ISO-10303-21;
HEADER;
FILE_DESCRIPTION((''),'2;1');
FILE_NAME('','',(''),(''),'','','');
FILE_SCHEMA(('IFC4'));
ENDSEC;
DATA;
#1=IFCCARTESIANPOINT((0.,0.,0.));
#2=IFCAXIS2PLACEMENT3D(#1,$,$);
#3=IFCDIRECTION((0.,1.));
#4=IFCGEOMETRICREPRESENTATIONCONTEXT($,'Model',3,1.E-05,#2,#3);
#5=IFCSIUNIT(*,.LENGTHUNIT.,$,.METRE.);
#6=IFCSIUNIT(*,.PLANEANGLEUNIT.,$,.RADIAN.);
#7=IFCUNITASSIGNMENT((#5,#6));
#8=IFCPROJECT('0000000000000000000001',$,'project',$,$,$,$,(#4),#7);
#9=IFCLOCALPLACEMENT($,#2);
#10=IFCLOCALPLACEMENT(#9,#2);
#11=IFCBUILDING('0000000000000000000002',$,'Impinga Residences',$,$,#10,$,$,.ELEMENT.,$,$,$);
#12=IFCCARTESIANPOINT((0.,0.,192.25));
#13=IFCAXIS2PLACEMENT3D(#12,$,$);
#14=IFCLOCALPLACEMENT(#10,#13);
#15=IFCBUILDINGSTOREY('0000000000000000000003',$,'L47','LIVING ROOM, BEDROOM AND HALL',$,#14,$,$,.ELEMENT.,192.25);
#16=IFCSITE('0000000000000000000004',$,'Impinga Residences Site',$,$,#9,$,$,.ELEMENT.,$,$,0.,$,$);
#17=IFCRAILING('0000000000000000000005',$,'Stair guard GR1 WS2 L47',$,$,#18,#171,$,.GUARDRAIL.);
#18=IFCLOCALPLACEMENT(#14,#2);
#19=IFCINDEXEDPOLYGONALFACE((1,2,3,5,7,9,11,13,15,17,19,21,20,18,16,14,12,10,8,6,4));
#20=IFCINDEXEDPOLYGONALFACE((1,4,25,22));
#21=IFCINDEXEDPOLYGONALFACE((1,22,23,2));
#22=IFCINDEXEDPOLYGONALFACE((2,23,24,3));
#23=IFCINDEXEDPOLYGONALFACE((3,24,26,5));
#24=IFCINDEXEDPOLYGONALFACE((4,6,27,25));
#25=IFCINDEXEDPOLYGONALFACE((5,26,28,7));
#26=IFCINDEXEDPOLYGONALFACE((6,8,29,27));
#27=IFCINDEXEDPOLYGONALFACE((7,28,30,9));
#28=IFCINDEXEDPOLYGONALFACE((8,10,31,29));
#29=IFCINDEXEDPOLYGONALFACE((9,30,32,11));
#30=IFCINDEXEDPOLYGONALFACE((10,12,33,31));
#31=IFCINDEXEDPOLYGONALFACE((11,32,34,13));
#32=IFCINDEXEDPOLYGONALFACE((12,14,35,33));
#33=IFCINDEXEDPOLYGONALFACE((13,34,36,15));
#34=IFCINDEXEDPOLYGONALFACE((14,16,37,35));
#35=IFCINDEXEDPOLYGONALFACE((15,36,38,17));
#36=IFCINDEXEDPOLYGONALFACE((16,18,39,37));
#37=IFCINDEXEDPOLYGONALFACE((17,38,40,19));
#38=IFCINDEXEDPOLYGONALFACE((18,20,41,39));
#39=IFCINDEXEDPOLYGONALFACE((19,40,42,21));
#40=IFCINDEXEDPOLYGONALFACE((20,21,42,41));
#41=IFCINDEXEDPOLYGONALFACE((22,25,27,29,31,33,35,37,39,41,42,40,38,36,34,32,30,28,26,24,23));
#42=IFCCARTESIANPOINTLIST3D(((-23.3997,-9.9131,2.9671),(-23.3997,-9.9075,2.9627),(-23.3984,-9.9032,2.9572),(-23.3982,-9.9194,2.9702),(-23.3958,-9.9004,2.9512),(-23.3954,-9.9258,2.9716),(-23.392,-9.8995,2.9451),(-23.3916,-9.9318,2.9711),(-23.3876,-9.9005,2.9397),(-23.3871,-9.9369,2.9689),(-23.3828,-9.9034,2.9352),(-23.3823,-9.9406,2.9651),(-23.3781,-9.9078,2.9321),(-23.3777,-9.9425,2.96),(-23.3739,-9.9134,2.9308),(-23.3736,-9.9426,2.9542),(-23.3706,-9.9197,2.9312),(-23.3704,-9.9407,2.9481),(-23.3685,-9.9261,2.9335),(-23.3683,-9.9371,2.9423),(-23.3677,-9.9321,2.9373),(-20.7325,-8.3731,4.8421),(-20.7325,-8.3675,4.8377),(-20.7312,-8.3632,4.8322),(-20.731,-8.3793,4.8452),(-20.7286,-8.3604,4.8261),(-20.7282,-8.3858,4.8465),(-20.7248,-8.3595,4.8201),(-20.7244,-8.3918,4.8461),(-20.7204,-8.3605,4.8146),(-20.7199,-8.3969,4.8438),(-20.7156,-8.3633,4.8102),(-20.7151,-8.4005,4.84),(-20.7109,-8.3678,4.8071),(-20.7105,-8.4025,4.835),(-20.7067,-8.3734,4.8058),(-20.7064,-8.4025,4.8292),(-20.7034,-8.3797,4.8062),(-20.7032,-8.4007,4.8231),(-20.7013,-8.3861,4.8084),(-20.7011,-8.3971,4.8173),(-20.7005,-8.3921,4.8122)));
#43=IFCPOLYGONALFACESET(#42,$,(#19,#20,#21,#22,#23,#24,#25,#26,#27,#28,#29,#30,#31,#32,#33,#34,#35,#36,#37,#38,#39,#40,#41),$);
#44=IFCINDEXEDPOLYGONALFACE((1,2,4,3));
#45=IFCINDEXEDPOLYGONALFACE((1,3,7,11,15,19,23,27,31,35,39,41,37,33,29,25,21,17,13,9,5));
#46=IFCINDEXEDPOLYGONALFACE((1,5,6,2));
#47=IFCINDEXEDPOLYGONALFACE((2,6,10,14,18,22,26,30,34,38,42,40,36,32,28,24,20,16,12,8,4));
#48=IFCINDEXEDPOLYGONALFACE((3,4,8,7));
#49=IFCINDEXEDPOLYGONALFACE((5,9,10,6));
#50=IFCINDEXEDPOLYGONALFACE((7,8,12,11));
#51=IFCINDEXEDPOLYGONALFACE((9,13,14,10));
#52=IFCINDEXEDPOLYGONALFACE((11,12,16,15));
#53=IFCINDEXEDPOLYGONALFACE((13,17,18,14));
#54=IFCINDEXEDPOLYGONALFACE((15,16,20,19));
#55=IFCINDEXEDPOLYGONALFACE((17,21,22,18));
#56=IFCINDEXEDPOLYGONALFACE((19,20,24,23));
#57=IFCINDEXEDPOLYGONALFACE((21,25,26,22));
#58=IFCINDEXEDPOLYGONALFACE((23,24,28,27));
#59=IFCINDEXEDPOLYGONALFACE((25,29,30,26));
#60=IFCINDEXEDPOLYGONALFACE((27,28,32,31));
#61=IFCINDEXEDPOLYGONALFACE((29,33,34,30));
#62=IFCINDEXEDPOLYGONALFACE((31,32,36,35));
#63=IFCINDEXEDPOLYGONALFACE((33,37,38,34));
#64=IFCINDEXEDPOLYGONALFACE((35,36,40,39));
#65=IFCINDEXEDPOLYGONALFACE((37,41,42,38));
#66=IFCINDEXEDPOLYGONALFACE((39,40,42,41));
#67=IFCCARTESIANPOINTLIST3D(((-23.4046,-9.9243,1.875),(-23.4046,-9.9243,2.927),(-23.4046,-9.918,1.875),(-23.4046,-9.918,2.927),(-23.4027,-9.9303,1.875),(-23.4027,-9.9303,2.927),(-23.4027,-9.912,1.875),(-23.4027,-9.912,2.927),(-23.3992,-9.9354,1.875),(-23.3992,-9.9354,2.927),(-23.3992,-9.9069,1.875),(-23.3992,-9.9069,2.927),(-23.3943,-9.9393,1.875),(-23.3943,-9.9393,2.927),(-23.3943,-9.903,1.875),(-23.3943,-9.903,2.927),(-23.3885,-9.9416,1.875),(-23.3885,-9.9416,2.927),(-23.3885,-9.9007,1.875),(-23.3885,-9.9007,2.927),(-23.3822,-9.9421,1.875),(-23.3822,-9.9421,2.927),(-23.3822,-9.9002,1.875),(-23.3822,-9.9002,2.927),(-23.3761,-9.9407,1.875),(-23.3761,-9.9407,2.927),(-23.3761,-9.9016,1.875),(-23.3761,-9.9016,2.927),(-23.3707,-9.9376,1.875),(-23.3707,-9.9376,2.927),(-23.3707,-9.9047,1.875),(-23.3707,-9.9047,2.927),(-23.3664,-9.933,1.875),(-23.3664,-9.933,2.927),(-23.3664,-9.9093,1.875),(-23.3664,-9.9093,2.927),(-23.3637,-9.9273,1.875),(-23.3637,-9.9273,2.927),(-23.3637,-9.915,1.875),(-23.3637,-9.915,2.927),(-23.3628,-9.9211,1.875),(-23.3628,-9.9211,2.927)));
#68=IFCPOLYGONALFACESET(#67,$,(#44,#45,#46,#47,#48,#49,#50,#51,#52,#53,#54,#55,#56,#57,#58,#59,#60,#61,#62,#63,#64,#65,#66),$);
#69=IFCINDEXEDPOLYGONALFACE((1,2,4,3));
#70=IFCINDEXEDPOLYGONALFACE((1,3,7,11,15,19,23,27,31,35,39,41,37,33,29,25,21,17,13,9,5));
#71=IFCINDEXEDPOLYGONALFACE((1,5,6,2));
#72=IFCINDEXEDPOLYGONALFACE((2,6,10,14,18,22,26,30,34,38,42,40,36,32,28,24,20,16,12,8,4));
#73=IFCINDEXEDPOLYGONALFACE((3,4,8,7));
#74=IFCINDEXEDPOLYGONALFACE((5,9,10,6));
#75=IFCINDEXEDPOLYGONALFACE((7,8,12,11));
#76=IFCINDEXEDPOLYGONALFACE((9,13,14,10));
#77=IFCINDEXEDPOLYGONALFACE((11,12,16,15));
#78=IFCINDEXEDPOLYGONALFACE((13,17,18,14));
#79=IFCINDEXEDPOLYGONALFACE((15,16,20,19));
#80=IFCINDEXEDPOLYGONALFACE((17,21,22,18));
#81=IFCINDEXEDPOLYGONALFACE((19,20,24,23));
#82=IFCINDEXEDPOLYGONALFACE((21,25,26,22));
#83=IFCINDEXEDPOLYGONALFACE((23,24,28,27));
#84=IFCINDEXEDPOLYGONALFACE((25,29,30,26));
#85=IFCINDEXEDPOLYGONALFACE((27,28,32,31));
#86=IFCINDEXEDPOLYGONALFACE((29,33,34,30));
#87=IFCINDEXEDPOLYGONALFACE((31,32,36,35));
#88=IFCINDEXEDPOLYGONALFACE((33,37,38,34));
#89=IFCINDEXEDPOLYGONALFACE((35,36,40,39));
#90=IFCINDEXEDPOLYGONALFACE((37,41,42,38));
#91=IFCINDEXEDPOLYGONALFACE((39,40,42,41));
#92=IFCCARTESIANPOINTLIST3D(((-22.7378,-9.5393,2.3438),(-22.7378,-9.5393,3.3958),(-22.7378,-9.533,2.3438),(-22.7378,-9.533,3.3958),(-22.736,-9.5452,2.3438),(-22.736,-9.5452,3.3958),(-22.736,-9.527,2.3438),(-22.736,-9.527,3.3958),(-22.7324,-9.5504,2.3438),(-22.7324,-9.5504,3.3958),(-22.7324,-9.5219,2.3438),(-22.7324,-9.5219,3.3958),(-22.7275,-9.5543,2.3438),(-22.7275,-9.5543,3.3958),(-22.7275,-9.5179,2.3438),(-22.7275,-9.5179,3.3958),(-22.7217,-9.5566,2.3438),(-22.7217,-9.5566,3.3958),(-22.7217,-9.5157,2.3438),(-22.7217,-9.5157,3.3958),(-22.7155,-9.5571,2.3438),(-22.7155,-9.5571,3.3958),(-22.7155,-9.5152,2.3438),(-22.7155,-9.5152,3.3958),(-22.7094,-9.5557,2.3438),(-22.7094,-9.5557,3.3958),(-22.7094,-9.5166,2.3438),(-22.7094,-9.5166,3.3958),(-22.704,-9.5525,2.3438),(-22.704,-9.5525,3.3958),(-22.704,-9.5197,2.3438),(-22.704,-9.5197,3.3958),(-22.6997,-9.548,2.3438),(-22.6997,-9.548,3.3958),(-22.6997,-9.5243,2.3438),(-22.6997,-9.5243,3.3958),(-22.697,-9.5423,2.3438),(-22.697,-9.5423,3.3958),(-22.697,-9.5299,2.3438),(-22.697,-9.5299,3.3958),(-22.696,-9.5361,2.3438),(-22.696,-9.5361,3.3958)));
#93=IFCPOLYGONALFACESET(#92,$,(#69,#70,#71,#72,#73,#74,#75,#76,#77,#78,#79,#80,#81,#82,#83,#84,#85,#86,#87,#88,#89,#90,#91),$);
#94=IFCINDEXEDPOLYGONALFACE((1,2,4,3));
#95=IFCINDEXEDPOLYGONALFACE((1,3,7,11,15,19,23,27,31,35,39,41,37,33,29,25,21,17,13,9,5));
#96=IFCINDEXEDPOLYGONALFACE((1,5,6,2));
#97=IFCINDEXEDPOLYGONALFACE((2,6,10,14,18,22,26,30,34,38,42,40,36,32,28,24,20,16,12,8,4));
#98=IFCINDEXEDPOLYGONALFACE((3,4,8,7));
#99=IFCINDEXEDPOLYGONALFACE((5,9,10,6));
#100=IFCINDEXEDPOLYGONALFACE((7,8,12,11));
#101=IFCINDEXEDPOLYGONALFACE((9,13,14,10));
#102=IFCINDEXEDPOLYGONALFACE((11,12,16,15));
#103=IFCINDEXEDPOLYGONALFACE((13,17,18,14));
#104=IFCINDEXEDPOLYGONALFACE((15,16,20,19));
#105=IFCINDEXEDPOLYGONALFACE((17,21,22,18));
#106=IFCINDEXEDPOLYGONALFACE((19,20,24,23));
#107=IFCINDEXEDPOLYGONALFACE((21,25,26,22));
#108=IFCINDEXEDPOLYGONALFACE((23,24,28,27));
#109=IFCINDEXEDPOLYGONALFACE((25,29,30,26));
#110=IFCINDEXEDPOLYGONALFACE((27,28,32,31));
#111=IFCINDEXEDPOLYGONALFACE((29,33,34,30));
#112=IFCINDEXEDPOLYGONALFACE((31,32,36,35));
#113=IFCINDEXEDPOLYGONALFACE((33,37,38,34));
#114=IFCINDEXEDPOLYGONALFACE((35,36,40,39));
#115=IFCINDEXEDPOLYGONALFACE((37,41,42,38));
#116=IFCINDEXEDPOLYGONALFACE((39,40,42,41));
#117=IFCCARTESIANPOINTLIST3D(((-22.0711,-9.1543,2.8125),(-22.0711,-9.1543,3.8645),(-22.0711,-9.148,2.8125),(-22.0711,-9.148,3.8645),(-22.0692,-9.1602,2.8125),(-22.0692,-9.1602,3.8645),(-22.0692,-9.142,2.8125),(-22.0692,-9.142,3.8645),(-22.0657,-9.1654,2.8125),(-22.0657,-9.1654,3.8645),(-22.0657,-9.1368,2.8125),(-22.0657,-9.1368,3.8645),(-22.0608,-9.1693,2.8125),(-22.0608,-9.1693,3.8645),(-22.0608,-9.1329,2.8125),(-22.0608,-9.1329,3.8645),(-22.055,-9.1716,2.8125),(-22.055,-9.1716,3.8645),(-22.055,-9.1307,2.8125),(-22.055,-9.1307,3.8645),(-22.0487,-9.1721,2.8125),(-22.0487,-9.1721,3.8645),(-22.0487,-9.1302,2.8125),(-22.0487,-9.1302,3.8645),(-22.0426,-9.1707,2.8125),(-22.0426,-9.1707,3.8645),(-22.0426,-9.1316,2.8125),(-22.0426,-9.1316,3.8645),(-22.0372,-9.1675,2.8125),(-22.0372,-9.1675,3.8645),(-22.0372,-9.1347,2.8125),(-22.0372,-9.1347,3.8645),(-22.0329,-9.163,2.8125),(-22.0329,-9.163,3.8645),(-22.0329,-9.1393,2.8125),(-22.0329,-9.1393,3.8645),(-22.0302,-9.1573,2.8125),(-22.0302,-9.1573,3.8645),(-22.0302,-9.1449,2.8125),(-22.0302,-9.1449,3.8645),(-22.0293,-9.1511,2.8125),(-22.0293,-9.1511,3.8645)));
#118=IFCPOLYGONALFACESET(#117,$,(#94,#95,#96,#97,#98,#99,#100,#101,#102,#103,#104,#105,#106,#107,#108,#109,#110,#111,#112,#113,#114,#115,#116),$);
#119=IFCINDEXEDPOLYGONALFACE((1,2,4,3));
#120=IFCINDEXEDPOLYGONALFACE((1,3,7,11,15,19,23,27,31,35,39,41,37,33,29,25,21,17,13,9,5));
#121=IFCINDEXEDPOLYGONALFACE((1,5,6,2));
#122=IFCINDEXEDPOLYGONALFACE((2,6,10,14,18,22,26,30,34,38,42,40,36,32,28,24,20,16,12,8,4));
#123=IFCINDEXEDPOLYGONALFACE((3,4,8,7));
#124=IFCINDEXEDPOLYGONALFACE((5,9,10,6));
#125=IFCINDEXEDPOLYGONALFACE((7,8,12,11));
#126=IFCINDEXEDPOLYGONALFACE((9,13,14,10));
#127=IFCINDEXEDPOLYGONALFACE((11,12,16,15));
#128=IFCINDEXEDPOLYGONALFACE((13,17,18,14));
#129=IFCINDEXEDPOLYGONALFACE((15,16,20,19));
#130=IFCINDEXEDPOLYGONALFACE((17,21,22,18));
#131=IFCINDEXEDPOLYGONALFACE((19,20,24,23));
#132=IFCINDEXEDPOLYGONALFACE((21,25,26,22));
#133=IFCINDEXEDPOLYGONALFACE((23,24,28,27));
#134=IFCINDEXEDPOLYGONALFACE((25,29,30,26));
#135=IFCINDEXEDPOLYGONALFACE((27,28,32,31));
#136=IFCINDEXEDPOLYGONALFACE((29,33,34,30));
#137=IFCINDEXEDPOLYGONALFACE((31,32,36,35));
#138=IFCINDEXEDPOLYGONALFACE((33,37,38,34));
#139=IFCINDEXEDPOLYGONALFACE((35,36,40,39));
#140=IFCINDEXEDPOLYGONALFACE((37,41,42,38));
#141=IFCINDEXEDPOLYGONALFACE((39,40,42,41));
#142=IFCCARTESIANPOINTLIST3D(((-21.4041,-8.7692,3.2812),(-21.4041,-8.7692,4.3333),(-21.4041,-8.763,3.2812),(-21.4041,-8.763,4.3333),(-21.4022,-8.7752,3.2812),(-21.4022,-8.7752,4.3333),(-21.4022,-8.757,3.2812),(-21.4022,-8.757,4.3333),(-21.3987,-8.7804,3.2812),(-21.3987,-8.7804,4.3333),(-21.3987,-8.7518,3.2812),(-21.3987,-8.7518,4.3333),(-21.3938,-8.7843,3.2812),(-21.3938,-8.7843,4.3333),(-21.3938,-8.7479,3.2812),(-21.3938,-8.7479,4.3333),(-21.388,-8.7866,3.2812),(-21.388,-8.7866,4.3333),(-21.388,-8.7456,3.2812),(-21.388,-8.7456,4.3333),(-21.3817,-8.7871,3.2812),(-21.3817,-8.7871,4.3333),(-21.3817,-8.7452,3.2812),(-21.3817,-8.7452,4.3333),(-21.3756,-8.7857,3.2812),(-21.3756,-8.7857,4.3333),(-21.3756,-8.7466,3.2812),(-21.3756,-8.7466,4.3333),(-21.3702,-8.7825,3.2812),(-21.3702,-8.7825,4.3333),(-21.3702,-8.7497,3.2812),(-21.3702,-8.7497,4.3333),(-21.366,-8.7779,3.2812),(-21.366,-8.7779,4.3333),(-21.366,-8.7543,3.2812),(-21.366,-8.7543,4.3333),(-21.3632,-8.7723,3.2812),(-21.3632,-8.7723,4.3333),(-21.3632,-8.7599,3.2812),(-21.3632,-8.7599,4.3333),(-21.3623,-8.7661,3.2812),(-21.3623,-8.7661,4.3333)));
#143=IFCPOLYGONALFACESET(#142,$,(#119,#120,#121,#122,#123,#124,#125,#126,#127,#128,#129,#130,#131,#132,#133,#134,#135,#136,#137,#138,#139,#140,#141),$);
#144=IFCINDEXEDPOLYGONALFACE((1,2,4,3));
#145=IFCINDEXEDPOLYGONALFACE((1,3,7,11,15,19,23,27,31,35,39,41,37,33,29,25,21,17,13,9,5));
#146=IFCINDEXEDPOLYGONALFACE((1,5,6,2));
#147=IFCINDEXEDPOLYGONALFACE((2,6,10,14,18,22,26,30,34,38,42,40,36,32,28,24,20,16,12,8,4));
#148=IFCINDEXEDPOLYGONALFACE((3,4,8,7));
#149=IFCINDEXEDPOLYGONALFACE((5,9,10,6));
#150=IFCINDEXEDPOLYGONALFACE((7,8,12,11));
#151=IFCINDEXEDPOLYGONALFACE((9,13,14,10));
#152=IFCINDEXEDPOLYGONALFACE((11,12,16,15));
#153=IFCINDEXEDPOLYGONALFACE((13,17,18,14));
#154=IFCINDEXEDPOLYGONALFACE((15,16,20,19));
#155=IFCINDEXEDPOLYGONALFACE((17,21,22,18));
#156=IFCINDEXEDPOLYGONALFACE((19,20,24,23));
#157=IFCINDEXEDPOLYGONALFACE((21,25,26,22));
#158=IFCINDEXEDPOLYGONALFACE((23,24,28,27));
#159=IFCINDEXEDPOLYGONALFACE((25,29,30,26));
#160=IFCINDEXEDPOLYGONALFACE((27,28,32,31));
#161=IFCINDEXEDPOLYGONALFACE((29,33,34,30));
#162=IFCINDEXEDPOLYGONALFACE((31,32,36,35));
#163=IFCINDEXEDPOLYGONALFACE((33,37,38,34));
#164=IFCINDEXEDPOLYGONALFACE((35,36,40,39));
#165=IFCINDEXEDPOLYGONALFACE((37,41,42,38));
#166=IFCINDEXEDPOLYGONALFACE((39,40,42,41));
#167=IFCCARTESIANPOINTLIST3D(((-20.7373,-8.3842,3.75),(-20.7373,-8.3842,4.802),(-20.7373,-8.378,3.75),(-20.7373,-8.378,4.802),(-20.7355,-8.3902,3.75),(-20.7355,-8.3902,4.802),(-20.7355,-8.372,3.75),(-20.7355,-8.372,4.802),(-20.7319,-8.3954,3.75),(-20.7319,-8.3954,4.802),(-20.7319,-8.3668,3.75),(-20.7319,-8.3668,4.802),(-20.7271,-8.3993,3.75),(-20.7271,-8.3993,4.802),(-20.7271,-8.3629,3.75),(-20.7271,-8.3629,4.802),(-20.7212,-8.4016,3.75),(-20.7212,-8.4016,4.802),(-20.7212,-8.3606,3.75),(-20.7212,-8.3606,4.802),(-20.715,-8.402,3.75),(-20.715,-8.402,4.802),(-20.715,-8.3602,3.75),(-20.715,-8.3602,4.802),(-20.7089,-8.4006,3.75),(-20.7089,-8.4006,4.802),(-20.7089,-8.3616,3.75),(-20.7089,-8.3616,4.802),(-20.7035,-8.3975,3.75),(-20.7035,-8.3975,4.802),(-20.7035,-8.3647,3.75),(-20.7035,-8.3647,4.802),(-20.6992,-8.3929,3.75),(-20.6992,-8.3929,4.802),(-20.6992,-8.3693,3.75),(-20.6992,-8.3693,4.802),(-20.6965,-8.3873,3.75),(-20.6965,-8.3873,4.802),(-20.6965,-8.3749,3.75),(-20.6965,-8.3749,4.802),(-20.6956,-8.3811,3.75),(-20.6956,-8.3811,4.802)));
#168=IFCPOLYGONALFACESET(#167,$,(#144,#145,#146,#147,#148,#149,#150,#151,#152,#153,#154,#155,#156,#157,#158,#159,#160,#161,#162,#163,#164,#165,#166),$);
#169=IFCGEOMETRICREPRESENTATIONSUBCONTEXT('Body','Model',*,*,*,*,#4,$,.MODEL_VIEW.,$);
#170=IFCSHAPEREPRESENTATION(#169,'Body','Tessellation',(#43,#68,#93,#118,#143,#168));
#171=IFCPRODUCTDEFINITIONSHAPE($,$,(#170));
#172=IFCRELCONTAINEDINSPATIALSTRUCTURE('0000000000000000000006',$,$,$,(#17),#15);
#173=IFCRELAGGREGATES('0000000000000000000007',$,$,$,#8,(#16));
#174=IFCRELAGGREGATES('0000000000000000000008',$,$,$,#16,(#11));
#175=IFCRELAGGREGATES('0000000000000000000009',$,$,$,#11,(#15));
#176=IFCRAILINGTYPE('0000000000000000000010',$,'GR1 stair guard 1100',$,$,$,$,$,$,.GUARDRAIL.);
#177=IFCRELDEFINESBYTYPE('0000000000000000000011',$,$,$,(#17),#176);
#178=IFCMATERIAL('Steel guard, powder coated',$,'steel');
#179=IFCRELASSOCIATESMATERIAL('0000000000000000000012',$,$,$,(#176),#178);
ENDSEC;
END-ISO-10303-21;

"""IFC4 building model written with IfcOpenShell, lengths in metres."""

from ifc_helpers import new_model, si_unit, direction, frame, origin, origin_2d, place, context, subcontext, project, spatial, circle, extrude, material, type_object, element, save


model = new_model("IFC4")

# Units and contexts
model_context = context("Model", 3, precision=1e-05, world=origin(), true_north=direction((0.0, 1.0)))
body_context = subcontext(model_context, "Body", "Model", "MODEL_VIEW")
ifc_project = project(units=[si_unit("LENGTHUNIT", "METRE"), si_unit("PLANEANGLEUNIT", "RADIAN")], contexts=[model_context])

# Site, building, storey
site_placement = place(None, origin())
site = spatial("IfcSite", under=ifc_project, at=site_placement, Name="Impinga Residences Site", CompositionType="ELEMENT", RefElevation=0.0)
building_placement = place(site_placement, origin())
building = spatial("IfcBuilding", under=site, at=building_placement, Name="Impinga Residences", CompositionType="ELEMENT")
storey_placement = place(building_placement, frame((0.0, 0.0, 192.25)))
storey = spatial("IfcBuildingStorey", under=building, at=storey_placement, Name="L47", Description="LIVING ROOM, BEDROOM AND HALL", CompositionType="ELEMENT", Elevation=192.25)

# Railing
ifc_material_1 = material(Name="Steel guard, powder coated", Category="steel")
railing_type_1 = type_object("IfcRailingType", Name="GR1 stair guard 1100", PredefinedType="GUARDRAIL", material=ifc_material_1)
railing_1_placement = place(storey_placement, frame((-23.3838, -9.9211, 1.875)))
element("IfcRailing", 1, at=railing_1_placement, inside=storey, type_object=railing_type_1, Name="Stair guard GR1 WS2 L47", PredefinedType="GUARDRAIL", context=body_context, shape_type="SweptSolid", body=[
    extrude(circle(Radius=0.0239, at=origin_2d()), frame((0.0, 0.0, 1.0762), z_axis=(0.739716, 0.427105, 0.520002), x_axis=(-0.500027, 0.86601, 0.0)), (0.0, 0.0, 1.0), 3.6057),
    extrude(circle(Radius=0.021, at=origin_2d()), origin(), (0.0, 0.0, 1.0), 1.052),
    extrude(circle(Radius=0.021, at=origin_2d()), frame((0.6667, 0.385, 0.4688)), (0.0, 0.0, 1.0), 1.052),
    extrude(circle(Radius=0.021, at=origin_2d()), frame((1.3335, 0.77, 0.9375)), (0.0, 0.0, 1.0), 1.052),
    extrude(circle(Radius=0.021, at=origin_2d()), frame((2.0005, 1.155, 1.4062)), (0.0, 0.0, 1.0), 1.052),
    extrude(circle(Radius=0.021, at=origin_2d()), frame((2.6672, 1.54, 1.875)), (0.0, 0.0, 1.0), 1.052),
])

save(model, "model.ifc")
